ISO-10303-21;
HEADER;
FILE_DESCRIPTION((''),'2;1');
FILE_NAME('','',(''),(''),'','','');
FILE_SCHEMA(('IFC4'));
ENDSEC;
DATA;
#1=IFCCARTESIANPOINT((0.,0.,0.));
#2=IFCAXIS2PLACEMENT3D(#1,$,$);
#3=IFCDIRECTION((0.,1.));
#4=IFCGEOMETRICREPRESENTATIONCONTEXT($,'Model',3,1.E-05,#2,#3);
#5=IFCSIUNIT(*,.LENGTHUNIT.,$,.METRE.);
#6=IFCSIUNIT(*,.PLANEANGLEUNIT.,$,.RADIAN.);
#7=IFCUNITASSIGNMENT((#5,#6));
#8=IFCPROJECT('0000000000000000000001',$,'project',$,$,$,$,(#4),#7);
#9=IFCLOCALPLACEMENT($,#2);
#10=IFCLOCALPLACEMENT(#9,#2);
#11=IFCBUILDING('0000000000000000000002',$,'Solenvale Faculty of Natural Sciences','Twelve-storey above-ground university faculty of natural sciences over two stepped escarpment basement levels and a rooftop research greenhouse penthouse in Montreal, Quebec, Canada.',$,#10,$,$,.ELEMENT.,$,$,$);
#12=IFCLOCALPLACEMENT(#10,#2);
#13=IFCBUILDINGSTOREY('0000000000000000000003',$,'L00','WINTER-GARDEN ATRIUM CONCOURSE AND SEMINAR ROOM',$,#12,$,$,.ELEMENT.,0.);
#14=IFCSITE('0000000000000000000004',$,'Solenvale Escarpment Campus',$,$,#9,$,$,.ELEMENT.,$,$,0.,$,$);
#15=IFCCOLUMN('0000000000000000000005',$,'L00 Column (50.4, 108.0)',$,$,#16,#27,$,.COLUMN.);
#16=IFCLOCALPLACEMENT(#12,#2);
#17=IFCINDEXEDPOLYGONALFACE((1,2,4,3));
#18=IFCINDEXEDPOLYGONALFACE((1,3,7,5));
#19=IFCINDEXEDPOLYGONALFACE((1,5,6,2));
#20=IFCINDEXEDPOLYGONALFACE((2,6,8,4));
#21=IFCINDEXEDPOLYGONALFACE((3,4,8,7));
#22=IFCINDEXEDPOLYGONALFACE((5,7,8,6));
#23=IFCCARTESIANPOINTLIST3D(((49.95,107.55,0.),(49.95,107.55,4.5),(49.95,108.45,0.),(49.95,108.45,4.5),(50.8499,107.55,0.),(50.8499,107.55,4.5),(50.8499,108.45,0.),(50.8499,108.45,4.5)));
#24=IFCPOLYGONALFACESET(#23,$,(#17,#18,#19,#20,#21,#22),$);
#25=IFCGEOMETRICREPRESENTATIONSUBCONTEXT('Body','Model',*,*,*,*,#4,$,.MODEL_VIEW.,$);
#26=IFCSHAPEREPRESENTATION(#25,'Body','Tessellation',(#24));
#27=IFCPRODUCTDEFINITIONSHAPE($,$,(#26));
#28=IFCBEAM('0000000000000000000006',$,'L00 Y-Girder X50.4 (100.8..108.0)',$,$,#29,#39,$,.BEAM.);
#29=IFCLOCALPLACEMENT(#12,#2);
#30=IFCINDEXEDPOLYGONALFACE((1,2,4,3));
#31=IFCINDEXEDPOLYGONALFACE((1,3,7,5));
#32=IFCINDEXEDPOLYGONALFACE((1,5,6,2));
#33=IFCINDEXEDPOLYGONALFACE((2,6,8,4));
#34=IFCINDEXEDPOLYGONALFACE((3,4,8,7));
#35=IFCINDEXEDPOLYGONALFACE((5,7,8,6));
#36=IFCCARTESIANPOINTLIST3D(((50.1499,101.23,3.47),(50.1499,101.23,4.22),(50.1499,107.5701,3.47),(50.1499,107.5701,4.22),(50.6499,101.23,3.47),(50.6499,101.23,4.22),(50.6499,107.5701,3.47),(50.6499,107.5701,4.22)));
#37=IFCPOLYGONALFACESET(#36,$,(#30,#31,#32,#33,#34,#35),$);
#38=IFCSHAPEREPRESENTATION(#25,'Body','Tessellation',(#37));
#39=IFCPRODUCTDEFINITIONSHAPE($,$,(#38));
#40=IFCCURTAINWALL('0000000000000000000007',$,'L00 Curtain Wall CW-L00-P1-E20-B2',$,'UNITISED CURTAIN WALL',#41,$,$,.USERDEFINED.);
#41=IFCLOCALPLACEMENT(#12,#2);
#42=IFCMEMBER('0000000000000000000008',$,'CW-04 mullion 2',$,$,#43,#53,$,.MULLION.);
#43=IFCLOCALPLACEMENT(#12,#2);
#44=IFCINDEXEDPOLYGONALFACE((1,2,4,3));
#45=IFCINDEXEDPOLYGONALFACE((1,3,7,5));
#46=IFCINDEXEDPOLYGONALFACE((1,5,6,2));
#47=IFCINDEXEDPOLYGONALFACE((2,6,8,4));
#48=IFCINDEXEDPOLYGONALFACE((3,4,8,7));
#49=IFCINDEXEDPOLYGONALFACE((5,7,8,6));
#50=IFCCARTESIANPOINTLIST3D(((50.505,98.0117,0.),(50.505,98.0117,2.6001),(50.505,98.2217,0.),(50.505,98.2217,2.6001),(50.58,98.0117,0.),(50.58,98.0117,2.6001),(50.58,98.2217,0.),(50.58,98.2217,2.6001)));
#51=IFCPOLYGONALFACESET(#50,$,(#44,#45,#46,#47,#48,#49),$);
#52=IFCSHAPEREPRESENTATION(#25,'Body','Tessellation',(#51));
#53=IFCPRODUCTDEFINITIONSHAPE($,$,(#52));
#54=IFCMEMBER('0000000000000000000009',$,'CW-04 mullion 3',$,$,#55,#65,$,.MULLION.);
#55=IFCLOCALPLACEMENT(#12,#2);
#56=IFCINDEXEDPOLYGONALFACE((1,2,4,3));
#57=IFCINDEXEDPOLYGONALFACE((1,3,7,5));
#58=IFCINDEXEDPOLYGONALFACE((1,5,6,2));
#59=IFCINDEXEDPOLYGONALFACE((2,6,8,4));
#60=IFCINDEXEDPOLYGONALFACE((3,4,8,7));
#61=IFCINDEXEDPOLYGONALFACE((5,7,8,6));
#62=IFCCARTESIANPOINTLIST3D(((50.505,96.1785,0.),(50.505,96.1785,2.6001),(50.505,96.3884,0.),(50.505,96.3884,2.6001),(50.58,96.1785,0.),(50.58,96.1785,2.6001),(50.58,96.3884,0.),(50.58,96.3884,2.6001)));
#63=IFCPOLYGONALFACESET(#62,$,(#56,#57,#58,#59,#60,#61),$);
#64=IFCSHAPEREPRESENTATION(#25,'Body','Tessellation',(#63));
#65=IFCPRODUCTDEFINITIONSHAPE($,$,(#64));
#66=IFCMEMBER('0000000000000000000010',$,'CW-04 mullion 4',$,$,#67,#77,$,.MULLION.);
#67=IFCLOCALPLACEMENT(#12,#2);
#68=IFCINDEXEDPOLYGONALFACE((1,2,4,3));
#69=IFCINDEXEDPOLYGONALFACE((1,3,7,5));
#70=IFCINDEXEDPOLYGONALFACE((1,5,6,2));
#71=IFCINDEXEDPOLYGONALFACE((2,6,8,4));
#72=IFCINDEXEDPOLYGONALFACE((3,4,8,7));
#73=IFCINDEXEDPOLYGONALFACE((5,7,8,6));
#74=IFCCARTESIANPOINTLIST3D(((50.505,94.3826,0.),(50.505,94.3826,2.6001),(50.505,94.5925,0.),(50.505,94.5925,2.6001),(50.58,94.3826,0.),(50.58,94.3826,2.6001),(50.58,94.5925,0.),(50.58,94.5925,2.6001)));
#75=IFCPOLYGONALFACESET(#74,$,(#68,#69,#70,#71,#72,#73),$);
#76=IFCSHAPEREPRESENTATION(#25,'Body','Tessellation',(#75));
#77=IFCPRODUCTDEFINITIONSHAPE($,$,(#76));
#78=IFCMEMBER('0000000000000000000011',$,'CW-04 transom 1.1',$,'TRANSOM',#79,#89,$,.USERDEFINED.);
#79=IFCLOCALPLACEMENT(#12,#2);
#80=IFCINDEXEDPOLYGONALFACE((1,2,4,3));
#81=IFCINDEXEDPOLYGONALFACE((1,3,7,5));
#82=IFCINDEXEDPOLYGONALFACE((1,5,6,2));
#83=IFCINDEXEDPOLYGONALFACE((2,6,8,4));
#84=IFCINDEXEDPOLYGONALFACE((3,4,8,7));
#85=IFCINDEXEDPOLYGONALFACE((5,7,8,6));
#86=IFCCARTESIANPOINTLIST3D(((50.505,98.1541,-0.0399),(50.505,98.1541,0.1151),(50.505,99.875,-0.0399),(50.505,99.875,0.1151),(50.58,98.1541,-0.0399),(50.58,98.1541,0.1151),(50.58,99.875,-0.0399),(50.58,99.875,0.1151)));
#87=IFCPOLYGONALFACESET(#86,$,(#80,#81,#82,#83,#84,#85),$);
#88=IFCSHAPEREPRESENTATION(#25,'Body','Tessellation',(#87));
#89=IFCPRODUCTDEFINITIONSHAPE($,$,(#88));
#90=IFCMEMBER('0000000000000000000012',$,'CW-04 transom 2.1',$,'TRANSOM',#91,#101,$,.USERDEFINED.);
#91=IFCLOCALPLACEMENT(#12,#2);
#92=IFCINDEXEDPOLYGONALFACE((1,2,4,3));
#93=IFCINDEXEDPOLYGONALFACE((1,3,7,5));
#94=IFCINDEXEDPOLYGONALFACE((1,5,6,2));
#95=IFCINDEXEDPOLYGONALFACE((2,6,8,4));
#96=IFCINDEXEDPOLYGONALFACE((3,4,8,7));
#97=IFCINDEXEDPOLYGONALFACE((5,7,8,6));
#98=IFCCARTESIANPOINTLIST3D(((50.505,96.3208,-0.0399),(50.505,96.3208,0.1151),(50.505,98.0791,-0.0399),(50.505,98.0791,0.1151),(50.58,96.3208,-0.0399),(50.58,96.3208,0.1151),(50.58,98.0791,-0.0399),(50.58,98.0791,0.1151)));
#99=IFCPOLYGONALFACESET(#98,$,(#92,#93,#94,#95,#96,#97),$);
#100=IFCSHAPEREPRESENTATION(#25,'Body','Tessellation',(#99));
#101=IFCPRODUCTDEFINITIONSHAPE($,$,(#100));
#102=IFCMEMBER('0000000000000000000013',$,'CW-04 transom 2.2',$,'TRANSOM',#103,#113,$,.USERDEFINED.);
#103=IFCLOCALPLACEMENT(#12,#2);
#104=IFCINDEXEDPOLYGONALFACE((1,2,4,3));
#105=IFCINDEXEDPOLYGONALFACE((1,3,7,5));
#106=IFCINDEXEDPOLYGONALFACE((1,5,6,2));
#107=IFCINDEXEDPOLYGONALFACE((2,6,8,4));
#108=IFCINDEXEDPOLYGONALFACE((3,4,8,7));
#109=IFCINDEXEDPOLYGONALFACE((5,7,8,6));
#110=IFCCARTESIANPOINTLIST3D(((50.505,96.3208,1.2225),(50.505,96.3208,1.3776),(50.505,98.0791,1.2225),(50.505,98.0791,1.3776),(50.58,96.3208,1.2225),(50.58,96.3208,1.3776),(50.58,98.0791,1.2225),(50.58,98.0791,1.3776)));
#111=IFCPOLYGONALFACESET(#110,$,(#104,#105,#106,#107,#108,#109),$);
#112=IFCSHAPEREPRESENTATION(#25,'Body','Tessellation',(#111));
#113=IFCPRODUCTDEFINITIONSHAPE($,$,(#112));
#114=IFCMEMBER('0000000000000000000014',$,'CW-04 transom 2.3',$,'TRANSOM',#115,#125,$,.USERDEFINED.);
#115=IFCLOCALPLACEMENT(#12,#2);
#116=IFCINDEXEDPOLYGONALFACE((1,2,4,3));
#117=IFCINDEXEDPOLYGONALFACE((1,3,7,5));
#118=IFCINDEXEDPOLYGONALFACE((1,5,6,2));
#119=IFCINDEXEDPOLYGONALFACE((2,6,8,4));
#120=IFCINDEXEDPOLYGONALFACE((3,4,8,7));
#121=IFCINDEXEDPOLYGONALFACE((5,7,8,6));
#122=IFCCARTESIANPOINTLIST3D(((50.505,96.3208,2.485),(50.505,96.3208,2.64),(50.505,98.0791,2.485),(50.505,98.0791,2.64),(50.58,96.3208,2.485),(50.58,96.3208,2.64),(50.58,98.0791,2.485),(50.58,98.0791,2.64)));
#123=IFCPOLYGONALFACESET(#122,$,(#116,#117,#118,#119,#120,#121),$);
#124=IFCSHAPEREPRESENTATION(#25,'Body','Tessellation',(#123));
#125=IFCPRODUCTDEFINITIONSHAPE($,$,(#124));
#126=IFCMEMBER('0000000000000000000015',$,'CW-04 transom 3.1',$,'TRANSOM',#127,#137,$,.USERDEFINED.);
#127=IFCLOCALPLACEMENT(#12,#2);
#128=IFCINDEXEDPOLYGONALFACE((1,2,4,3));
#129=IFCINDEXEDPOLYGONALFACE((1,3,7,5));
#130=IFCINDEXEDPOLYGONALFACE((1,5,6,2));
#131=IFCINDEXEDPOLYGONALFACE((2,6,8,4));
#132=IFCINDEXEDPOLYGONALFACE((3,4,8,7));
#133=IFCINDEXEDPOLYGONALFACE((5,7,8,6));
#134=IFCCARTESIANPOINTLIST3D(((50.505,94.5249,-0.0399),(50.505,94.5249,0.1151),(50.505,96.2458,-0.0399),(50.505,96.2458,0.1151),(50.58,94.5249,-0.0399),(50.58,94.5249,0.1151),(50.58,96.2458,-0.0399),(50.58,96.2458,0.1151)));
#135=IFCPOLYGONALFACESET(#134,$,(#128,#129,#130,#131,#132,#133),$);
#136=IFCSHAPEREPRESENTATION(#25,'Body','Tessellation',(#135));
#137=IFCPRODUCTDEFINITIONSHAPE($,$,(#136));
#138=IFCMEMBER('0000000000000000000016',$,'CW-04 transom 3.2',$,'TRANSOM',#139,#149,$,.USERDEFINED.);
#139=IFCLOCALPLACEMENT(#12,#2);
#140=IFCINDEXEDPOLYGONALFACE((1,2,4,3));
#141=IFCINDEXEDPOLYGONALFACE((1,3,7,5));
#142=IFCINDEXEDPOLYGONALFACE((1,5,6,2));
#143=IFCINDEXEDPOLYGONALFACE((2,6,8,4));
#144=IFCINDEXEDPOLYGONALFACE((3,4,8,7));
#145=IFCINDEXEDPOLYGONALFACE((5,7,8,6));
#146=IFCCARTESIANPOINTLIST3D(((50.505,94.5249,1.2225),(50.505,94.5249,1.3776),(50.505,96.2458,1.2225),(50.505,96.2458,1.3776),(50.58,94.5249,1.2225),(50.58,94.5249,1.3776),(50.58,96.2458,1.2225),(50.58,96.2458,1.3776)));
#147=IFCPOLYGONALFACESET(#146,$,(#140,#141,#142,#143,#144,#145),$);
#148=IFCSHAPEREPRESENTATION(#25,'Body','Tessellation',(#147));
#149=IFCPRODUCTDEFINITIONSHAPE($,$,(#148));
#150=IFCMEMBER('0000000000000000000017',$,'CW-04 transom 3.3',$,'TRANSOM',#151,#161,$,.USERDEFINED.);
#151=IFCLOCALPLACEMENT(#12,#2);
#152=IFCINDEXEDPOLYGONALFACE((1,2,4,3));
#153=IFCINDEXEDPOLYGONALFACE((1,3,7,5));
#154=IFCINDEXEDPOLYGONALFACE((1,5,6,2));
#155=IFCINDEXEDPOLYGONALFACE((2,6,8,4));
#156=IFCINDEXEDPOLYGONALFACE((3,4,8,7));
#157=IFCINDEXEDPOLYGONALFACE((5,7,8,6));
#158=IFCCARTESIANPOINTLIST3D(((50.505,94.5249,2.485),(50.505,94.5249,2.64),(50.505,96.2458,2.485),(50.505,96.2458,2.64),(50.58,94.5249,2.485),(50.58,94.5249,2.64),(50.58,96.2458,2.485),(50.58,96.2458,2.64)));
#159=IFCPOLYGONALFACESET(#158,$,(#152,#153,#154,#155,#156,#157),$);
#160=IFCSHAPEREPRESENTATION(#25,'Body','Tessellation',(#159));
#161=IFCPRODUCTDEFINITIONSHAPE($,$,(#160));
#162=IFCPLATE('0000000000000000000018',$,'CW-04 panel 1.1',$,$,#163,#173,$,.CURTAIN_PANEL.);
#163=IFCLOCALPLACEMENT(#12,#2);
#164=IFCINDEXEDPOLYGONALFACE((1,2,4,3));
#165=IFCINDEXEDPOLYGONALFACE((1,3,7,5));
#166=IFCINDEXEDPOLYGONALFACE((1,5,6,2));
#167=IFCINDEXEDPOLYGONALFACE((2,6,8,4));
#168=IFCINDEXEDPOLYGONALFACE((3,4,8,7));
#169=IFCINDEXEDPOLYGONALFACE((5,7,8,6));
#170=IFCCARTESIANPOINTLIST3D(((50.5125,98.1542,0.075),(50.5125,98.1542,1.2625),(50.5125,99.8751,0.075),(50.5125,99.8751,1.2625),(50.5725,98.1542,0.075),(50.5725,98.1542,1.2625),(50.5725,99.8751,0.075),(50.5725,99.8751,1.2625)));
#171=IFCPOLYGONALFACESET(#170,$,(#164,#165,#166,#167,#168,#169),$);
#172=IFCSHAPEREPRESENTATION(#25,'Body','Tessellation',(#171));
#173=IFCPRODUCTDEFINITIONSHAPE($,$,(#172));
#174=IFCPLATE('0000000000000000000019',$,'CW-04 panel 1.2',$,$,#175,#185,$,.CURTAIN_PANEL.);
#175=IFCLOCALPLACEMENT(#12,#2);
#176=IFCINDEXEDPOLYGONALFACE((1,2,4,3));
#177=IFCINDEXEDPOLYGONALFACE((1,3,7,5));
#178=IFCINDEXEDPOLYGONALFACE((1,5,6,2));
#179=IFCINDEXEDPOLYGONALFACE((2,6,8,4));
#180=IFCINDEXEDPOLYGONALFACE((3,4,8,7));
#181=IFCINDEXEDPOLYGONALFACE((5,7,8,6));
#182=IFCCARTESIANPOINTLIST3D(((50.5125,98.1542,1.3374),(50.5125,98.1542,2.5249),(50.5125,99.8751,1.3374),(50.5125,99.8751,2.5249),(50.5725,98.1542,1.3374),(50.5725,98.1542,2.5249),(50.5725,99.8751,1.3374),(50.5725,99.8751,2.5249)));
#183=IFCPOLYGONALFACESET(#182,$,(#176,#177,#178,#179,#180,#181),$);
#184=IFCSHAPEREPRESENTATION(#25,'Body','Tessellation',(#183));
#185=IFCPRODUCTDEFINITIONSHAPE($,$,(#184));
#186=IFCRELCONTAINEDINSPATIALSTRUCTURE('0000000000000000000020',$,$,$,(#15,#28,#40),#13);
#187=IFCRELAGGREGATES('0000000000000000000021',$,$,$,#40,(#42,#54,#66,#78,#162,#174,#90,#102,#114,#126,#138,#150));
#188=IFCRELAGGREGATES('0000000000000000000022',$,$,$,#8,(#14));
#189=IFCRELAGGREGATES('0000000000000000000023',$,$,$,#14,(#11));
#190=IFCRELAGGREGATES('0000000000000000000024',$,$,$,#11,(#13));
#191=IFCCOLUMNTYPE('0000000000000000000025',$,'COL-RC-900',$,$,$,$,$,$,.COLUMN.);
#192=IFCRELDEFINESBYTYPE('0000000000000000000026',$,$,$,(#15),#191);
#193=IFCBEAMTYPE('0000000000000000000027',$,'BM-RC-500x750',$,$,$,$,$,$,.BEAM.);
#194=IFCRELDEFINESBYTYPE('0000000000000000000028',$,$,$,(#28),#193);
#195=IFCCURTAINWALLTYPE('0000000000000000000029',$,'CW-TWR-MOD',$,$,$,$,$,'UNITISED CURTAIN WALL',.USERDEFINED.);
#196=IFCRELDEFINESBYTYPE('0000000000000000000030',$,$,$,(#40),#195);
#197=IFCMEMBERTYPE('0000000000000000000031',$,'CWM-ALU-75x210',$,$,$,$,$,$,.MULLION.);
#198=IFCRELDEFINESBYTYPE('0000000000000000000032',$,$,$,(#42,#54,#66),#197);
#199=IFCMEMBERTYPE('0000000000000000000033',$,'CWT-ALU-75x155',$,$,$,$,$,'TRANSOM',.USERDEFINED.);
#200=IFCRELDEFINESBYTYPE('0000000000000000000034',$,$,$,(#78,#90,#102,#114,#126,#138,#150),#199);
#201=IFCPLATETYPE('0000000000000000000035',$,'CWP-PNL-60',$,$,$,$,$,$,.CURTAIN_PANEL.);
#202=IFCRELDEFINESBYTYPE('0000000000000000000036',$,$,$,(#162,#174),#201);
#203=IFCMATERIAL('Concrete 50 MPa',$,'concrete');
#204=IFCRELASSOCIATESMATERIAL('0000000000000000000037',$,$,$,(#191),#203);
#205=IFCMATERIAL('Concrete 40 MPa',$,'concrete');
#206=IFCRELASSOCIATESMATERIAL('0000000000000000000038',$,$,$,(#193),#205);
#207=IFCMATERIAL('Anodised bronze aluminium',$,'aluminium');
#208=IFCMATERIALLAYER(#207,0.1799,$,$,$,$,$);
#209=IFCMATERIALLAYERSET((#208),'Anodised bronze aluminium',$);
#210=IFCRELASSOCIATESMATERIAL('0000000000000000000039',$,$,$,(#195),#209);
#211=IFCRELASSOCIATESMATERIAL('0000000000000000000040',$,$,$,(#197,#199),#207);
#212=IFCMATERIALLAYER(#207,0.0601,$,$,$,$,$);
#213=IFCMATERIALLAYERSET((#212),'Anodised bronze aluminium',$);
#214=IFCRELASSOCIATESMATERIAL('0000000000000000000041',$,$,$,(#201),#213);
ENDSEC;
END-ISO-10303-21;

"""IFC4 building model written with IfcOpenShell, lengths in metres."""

from ifc_helpers import new_model, si_unit, direction, frame, origin, origin_2d, place, context, subcontext, project, spatial, rectangle, extrude, material, layer, layer_set, material_profile, profile_set, type_object, element, aggregate, save


model = new_model("IFC4")

# Units and contexts
model_context = context("Model", 3, precision=1e-05, world=origin(), true_north=direction((0.0, 1.0)))
body_context = subcontext(model_context, "Body", "Model", "MODEL_VIEW")
ifc_project = project(units=[si_unit("LENGTHUNIT", "METRE"), si_unit("PLANEANGLEUNIT", "RADIAN")], contexts=[model_context])

# Site, building, storey
site_placement = place(None, origin())
site = spatial("IfcSite", under=ifc_project, at=site_placement, Name="Solenvale Escarpment Campus", CompositionType="ELEMENT", RefElevation=0.0)
building_placement = place(site_placement, origin())
building = spatial("IfcBuilding", under=site, at=building_placement, Name="Solenvale Faculty of Natural Sciences", Description="Twelve-storey above-ground university faculty of natural sciences over two stepped escarpment basement levels and a rooftop research greenhouse penthouse in Montreal, Quebec, Canada.", CompositionType="ELEMENT")
storey_placement = place(building_placement, origin())
storey = spatial("IfcBuildingStorey", under=building, at=storey_placement, Name="L00", Description="WINTER-GARDEN ATRIUM CONCOURSE AND SEMINAR ROOM", CompositionType="ELEMENT", Elevation=0.0)

# Column
ifc_material_1 = material(Name="Concrete 50 MPa", Category="concrete")
ifc_material_profile_1 = material_profile(ifc_material_1, rectangle(XDim=0.8999, YDim=0.8999, at=origin_2d()), Name="RC-COL-900x900")
ifc_profile_set_1 = profile_set([ifc_material_profile_1], Name="Concrete 50 MPa")
column_type = type_object("IfcColumnType", Name="COL-RC-900", PredefinedType="COLUMN", material=ifc_profile_set_1)
column_placement = place(storey_placement, frame((50.3999, 108.0, 0.0), z_axis=(0.0, 0.0, 1.0), x_axis=(1.0, 0.0, 0.0)))
element("IfcColumn", 1, at=column_placement, inside=storey, type_object=column_type, Name="L00 Column (50.4, 108.0)", PredefinedType="COLUMN", context=body_context, shape_type="SweptSolid", body=[
    extrude(rectangle(XDim=0.8999, YDim=0.8999, at=origin_2d()), origin(), (0.0, 0.0, 1.0), 4.5),
])

# Beam
ifc_material_2 = material(Name="Concrete 40 MPa", Category="concrete")
ifc_material_profile_2 = material_profile(ifc_material_2, rectangle(XDim=0.5, YDim=0.75, at=origin_2d()), Name="RC-BM-500x750")
ifc_profile_set_2 = profile_set([ifc_material_profile_2], Name="Concrete 40 MPa")
beam_type = type_object("IfcBeamType", Name="BM-RC-500x750", PredefinedType="BEAM", material=ifc_profile_set_2)
beam_placement = place(storey_placement, frame((50.3999, 101.23, 3.845), z_axis=(0.0, 1.0, 0.0), x_axis=(-1.0, 0.0, 0.0)))
element("IfcBeam", 2, at=beam_placement, inside=storey, type_object=beam_type, Name="L00 Y-Girder X50.4 (100.8..108.0)", PredefinedType="BEAM", context=body_context, shape_type="SweptSolid", body=[
    extrude(rectangle(XDim=0.5, YDim=0.75, at=origin_2d()), origin(), (0.0, 0.0, 1.0), 6.3401),
])

# Curtain wall, members, plates
ifc_material_3 = material(Name="Anodised bronze aluminium", Category="aluminium")
ifc_layer_1 = layer(ifc_material_3, 0.1799)
ifc_layer_set_1 = layer_set([ifc_layer_1], Name="Anodised bronze aluminium")
curtain_wall_type = type_object("IfcCurtainWallType", Name="CW-TWR-MOD", ElementType="UNITISED CURTAIN WALL", PredefinedType="USERDEFINED", material=ifc_layer_set_1)
curtain_wall_placement = place(storey_placement, origin())
curtain_wall = element("IfcCurtainWall", 3, at=curtain_wall_placement, inside=storey, type_object=curtain_wall_type, Name="L00 Curtain Wall CW-L00-P1-E20-B2", ObjectType="UNITISED CURTAIN WALL", PredefinedType="USERDEFINED")
ifc_material_profile_3 = material_profile(ifc_material_3, rectangle(XDim=0.075, YDim=0.21, at=origin_2d()), Name="ALU-MUL-75x210")
ifc_profile_set_3 = profile_set([ifc_material_profile_3], Name="Anodised bronze aluminium")
member_type_1 = type_object("IfcMemberType", Name="CWM-ALU-75x210", PredefinedType="MULLION", material=ifc_profile_set_3)
member_1_placement = place(storey_placement, frame((50.5425, 98.1167, 0.0), z_axis=(0.0, 0.0, 1.0), x_axis=(1.0, 0.0, 0.0)))
member_1 = element("IfcMember", 4, at=member_1_placement, type_object=member_type_1, Name="CW-04 mullion 2", PredefinedType="MULLION", context=body_context, shape_type="SweptSolid", body=[
    extrude(rectangle(XDim=0.075, YDim=0.21, at=origin_2d()), origin(), (0.0, 0.0, 1.0), 2.6001),
])
member_2_placement = place(storey_placement, frame((50.5425, 96.2834, 0.0), z_axis=(0.0, 0.0, 1.0), x_axis=(1.0, 0.0, 0.0)))
member_2 = element("IfcMember", 5, at=member_2_placement, type_object=member_type_1, Name="CW-04 mullion 3", PredefinedType="MULLION", context=body_context, shape_type="SweptSolid", body=[
    extrude(rectangle(XDim=0.075, YDim=0.21, at=origin_2d()), origin(), (0.0, 0.0, 1.0), 2.6001),
])
member_3_placement = place(storey_placement, frame((50.5425, 94.4875, 0.0), z_axis=(0.0, 0.0, 1.0), x_axis=(1.0, 0.0, 0.0)))
member_3 = element("IfcMember", 6, at=member_3_placement, type_object=member_type_1, Name="CW-04 mullion 4", PredefinedType="MULLION", context=body_context, shape_type="SweptSolid", body=[
    extrude(rectangle(XDim=0.075, YDim=0.21, at=origin_2d()), origin(), (0.0, 0.0, 1.0), 2.6001),
])
ifc_material_profile_4 = material_profile(ifc_material_3, rectangle(XDim=0.075, YDim=0.155, at=origin_2d()), Name="ALU-TRN-75x155")
ifc_profile_set_4 = profile_set([ifc_material_profile_4], Name="Anodised bronze aluminium")
member_type_2 = type_object("IfcMemberType", Name="CWT-ALU-75x155", ElementType="TRANSOM", PredefinedType="USERDEFINED", material=ifc_profile_set_4)
member_4_placement = place(storey_placement, frame((50.5425, 99.875, 0.0376), z_axis=(0.0, -1.0, 0.0), x_axis=(1.0, 0.0, 0.0)))
member_4 = element("IfcMember", 7, at=member_4_placement, type_object=member_type_2, Name="CW-04 transom 1.1", ObjectType="TRANSOM", PredefinedType="USERDEFINED", context=body_context, shape_type="SweptSolid", body=[
    extrude(rectangle(XDim=0.075, YDim=0.155, at=origin_2d()), origin(), (0.0, 0.0, 1.0), 1.7209),
])
member_5_placement = place(storey_placement, frame((50.5425, 98.0791, 0.0376), z_axis=(0.0, -1.0, 0.0), x_axis=(1.0, 0.0, 0.0)))
member_5 = element("IfcMember", 8, at=member_5_placement, type_object=member_type_2, Name="CW-04 transom 2.1", ObjectType="TRANSOM", PredefinedType="USERDEFINED", context=body_context, shape_type="SweptSolid", body=[
    extrude(rectangle(XDim=0.075, YDim=0.155, at=origin_2d()), origin(), (0.0, 0.0, 1.0), 1.7583),
])
member_6_placement = place(storey_placement, frame((50.5425, 98.0791, 1.3), z_axis=(0.0, -1.0, 0.0), x_axis=(1.0, 0.0, 0.0)))
member_6 = element("IfcMember", 9, at=member_6_placement, type_object=member_type_2, Name="CW-04 transom 2.2", ObjectType="TRANSOM", PredefinedType="USERDEFINED", context=body_context, shape_type="SweptSolid", body=[
    extrude(rectangle(XDim=0.075, YDim=0.155, at=origin_2d()), origin(), (0.0, 0.0, 1.0), 1.7583),
])
member_7_placement = place(storey_placement, frame((50.5425, 98.0791, 2.5625), z_axis=(0.0, -1.0, 0.0), x_axis=(1.0, 0.0, 0.0)))
member_7 = element("IfcMember", 10, at=member_7_placement, type_object=member_type_2, Name="CW-04 transom 2.3", ObjectType="TRANSOM", PredefinedType="USERDEFINED", context=body_context, shape_type="SweptSolid", body=[
    extrude(rectangle(XDim=0.075, YDim=0.155, at=origin_2d()), origin(), (0.0, 0.0, 1.0), 1.7583),
])
member_8_placement = place(storey_placement, frame((50.5425, 96.2458, 0.0376), z_axis=(0.0, -1.0, 0.0), x_axis=(1.0, 0.0, 0.0)))
member_8 = element("IfcMember", 11, at=member_8_placement, type_object=member_type_2, Name="CW-04 transom 3.1", ObjectType="TRANSOM", PredefinedType="USERDEFINED", context=body_context, shape_type="SweptSolid", body=[
    extrude(rectangle(XDim=0.075, YDim=0.155, at=origin_2d()), origin(), (0.0, 0.0, 1.0), 1.7209),
])
member_9_placement = place(storey_placement, frame((50.5425, 96.2458, 1.3), z_axis=(0.0, -1.0, 0.0), x_axis=(1.0, 0.0, 0.0)))
member_9 = element("IfcMember", 12, at=member_9_placement, type_object=member_type_2, Name="CW-04 transom 3.2", ObjectType="TRANSOM", PredefinedType="USERDEFINED", context=body_context, shape_type="SweptSolid", body=[
    extrude(rectangle(XDim=0.075, YDim=0.155, at=origin_2d()), origin(), (0.0, 0.0, 1.0), 1.7209),
])
member_10_placement = place(storey_placement, frame((50.5425, 96.2458, 2.5625), z_axis=(0.0, -1.0, 0.0), x_axis=(1.0, 0.0, 0.0)))
member_10 = element("IfcMember", 13, at=member_10_placement, type_object=member_type_2, Name="CW-04 transom 3.3", ObjectType="TRANSOM", PredefinedType="USERDEFINED", context=body_context, shape_type="SweptSolid", body=[
    extrude(rectangle(XDim=0.075, YDim=0.155, at=origin_2d()), origin(), (0.0, 0.0, 1.0), 1.7209),
])
ifc_layer_2 = layer(ifc_material_3, 0.0601)
ifc_layer_set_2 = layer_set([ifc_layer_2], Name="Anodised bronze aluminium")
plate_type = type_object("IfcPlateType", Name="CWP-PNL-60", PredefinedType="CURTAIN_PANEL", material=ifc_layer_set_2)
plate_1_placement = place(storey_placement, frame((50.5425, 99.0146, 0.075), z_axis=(0.0, 0.0, 1.0), x_axis=(0.0, -1.0, 0.0)))
plate_1 = element("IfcPlate", 14, at=plate_1_placement, type_object=plate_type, Name="CW-04 panel 1.1", PredefinedType="CURTAIN_PANEL", context=body_context, shape_type="SweptSolid", body=[
    extrude(rectangle(XDim=1.7209, YDim=0.0601, at=origin_2d()), origin(), (0.0, 0.0, 1.0), 1.1875),
])
plate_2_placement = place(storey_placement, frame((50.5425, 99.0146, 1.3374), z_axis=(0.0, 0.0, 1.0), x_axis=(0.0, -1.0, 0.0)))
plate_2 = element("IfcPlate", 15, at=plate_2_placement, type_object=plate_type, Name="CW-04 panel 1.2", PredefinedType="CURTAIN_PANEL", context=body_context, shape_type="SweptSolid", body=[
    extrude(rectangle(XDim=1.7209, YDim=0.0601, at=origin_2d()), origin(), (0.0, 0.0, 1.0), 1.1875),
])
aggregate(curtain_wall, [member_1, member_2, member_3, member_4, plate_1, plate_2, member_5, member_6, member_7, member_8, member_9, member_10])

save(model, "model.ifc")
